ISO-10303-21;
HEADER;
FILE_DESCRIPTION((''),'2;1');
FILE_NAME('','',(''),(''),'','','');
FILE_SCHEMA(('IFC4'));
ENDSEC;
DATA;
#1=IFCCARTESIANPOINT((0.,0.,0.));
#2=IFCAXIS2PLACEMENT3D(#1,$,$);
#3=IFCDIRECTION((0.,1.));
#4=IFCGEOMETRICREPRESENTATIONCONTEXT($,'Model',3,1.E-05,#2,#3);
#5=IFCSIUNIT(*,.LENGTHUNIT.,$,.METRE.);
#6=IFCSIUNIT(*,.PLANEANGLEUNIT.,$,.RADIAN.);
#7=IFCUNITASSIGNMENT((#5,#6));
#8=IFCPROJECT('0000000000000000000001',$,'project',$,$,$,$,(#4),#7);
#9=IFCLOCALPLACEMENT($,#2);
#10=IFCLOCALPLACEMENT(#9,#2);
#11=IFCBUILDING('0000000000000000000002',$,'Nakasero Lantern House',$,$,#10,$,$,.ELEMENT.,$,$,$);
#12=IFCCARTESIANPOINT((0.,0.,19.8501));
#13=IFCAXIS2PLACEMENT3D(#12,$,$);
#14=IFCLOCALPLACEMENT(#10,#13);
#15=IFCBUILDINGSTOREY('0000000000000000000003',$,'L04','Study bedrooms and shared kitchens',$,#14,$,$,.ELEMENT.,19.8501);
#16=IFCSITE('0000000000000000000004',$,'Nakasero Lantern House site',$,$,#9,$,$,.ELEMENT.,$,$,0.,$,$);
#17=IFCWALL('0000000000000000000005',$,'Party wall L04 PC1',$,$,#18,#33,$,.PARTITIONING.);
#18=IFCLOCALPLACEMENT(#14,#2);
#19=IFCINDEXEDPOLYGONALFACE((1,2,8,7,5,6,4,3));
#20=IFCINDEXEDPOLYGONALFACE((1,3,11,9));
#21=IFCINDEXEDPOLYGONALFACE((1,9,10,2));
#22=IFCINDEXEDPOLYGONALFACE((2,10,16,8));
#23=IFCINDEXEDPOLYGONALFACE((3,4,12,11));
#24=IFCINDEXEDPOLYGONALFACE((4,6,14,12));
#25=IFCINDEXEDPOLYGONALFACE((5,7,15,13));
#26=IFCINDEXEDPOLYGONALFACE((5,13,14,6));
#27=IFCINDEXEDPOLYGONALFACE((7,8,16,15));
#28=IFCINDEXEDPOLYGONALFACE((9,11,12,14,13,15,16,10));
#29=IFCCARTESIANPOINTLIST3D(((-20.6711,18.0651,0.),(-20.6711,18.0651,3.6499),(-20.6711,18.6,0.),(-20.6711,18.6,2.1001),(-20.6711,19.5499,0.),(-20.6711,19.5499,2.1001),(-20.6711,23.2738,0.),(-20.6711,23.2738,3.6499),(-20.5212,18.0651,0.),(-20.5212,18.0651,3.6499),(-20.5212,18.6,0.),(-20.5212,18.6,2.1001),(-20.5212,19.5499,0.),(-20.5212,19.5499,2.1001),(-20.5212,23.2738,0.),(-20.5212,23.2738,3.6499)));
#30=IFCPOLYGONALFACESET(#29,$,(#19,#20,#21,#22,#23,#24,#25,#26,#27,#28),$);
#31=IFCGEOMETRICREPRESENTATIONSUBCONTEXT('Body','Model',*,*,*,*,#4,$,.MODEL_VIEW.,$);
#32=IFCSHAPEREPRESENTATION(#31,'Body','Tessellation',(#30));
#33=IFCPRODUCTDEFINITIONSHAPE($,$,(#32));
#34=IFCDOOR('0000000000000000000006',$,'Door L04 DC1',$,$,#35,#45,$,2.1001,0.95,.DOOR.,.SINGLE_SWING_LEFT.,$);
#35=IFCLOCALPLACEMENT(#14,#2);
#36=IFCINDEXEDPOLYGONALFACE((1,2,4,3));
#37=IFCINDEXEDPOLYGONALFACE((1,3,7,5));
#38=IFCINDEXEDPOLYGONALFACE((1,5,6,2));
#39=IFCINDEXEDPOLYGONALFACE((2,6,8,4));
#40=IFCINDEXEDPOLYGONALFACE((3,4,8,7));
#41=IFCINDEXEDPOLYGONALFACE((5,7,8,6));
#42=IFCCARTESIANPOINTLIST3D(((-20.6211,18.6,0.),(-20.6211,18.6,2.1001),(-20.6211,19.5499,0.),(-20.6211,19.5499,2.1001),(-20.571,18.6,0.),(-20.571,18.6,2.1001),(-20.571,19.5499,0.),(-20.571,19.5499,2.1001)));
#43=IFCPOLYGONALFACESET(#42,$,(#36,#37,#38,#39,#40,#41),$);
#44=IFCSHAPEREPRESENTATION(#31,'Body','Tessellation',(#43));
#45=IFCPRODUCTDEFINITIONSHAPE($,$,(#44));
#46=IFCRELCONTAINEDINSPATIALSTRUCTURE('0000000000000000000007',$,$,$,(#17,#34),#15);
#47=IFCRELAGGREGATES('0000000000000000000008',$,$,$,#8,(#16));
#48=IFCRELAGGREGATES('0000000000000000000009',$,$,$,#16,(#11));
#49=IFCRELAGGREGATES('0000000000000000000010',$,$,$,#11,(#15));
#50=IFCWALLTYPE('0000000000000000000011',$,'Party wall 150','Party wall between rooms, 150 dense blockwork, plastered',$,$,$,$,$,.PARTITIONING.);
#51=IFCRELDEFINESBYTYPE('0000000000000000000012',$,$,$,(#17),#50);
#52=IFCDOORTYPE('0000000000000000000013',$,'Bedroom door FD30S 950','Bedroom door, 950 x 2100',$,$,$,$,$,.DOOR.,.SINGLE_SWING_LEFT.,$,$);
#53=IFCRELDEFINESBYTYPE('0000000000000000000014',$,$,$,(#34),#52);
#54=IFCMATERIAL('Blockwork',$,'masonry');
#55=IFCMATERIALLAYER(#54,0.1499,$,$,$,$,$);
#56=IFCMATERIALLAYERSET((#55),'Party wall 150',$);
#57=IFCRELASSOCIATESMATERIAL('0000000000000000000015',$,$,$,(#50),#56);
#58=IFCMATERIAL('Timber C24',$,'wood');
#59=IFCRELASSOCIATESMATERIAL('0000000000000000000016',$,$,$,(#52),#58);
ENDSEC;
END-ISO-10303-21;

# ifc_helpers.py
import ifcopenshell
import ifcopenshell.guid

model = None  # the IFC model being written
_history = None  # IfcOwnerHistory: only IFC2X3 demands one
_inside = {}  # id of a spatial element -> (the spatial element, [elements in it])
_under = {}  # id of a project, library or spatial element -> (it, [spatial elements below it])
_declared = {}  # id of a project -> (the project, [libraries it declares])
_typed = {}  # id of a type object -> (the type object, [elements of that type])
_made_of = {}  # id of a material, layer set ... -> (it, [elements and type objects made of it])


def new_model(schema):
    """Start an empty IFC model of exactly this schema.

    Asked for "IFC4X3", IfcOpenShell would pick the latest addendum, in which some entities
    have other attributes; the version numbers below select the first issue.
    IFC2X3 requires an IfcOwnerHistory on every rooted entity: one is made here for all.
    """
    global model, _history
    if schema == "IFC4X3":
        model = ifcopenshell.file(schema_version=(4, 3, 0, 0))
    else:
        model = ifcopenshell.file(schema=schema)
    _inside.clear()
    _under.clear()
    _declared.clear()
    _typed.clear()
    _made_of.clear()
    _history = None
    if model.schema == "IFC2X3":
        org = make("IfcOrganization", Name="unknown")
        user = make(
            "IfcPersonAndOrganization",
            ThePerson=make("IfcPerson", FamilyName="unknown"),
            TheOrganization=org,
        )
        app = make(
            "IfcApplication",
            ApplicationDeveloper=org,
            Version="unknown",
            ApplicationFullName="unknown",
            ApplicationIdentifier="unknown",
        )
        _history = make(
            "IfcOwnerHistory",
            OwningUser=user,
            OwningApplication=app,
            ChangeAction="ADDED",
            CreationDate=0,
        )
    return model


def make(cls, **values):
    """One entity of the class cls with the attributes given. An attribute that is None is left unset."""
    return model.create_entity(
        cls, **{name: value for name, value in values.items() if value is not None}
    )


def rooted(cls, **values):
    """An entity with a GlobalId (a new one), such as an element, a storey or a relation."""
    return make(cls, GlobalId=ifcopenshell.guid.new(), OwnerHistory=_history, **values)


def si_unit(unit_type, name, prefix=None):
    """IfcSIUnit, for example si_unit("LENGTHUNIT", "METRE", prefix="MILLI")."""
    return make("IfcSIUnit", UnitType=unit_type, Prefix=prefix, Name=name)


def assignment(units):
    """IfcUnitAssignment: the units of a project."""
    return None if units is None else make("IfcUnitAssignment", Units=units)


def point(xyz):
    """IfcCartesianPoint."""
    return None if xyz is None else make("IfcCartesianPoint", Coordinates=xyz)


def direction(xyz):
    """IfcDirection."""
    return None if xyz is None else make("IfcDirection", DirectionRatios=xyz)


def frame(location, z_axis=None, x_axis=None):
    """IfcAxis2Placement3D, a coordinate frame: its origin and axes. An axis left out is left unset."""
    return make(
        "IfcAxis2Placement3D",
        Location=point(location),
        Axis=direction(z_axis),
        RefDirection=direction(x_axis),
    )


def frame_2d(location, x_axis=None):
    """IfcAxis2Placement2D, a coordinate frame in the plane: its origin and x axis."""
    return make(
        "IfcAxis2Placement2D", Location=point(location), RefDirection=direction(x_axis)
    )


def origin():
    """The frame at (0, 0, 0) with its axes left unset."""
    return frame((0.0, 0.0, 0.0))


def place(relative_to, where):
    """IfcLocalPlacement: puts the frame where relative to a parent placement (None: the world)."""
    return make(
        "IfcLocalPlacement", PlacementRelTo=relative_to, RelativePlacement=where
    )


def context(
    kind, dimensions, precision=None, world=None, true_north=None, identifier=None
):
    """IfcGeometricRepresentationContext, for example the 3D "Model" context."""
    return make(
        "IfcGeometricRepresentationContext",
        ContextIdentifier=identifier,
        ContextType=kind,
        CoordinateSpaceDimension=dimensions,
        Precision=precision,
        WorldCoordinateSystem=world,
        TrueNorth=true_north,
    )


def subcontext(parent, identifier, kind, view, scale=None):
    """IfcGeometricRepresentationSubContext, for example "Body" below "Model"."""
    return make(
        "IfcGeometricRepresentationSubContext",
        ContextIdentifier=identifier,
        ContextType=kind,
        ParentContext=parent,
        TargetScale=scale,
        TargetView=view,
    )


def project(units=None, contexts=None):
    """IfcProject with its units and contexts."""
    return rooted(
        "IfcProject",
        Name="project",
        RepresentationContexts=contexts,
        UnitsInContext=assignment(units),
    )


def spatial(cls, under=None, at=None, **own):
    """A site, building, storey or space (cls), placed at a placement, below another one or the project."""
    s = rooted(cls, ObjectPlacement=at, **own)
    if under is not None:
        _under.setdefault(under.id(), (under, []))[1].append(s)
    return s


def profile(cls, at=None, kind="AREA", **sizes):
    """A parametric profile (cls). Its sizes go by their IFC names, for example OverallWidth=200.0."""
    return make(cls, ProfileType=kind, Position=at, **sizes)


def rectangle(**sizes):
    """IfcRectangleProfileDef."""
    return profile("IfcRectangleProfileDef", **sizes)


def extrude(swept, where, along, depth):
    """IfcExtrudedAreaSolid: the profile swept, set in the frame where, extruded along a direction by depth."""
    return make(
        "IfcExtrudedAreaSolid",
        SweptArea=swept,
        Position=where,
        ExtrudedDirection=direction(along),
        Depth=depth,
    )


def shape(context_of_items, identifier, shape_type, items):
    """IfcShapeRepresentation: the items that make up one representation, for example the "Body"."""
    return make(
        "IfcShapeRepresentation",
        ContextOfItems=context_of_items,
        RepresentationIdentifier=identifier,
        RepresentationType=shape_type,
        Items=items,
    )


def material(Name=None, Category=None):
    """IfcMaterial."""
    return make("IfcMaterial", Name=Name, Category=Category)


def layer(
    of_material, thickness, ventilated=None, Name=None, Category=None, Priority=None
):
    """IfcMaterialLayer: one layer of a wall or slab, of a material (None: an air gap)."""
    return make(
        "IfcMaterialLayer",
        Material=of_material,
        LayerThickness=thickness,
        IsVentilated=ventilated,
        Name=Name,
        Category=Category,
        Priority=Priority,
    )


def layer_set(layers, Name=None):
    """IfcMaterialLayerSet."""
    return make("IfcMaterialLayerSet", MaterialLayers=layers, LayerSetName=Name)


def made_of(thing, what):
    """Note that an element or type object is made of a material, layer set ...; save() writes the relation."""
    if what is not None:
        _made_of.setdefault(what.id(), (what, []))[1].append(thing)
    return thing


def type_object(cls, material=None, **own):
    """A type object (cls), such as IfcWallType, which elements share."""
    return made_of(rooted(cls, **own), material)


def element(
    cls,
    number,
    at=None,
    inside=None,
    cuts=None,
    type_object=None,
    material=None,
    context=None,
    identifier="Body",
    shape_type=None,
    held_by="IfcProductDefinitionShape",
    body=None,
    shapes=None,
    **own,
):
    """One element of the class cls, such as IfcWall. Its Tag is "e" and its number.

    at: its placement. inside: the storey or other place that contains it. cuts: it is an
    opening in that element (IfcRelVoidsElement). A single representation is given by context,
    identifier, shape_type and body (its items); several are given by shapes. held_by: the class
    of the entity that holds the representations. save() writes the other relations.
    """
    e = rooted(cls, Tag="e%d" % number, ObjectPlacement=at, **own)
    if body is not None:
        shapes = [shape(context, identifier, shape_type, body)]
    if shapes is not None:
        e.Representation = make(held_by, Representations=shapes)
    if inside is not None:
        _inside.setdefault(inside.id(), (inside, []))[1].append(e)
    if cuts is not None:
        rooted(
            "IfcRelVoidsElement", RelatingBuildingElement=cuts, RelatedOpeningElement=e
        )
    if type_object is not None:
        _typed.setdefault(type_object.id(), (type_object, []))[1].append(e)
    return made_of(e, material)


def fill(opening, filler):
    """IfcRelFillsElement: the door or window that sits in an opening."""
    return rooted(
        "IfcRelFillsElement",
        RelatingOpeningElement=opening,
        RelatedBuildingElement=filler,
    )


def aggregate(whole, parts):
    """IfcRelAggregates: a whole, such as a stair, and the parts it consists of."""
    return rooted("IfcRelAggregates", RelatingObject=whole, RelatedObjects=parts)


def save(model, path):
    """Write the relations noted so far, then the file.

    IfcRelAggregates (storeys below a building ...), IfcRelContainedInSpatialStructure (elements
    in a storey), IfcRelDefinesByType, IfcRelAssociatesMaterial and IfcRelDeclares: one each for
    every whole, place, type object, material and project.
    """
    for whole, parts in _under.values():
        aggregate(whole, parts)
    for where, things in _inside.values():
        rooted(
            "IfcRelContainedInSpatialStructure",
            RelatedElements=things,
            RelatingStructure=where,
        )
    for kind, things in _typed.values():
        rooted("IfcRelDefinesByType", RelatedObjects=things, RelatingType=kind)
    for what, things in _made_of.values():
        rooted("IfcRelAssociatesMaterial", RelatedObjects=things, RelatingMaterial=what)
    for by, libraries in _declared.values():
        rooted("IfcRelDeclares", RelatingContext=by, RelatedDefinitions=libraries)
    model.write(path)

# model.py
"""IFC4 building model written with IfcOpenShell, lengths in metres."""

from ifc_helpers import new_model, si_unit, direction, frame, frame_2d, origin, place, context, subcontext, project, spatial, rectangle, extrude, material, layer, layer_set, type_object, element, fill, save


model = new_model("IFC4")

# Units and contexts
model_context = context("Model", 3, precision=1e-05, world=origin(), true_north=direction((0.0, 1.0)))
body_context = subcontext(model_context, "Body", "Model", "MODEL_VIEW")
ifc_project = project(units=[si_unit("LENGTHUNIT", "METRE"), si_unit("PLANEANGLEUNIT", "RADIAN")], contexts=[model_context])

# Site, building, storey
site_placement = place(None, origin())
site = spatial("IfcSite", under=ifc_project, at=site_placement, Name="Nakasero Lantern House site", CompositionType="ELEMENT", RefElevation=0.0)
building_placement = place(site_placement, origin())
building = spatial("IfcBuilding", under=site, at=building_placement, Name="Nakasero Lantern House", CompositionType="ELEMENT")
storey_placement = place(building_placement, frame((0.0, 0.0, 19.8501)))
storey = spatial("IfcBuildingStorey", under=building, at=storey_placement, Name="L04", Description="Study bedrooms and shared kitchens", CompositionType="ELEMENT", Elevation=19.8501)

# Wall, opening, door
ifc_material_1 = material(Name="Blockwork", Category="masonry")
ifc_layer_1 = layer(ifc_material_1, 0.1499)
ifc_layer_set_1 = layer_set([ifc_layer_1], Name="Party wall 150")
wall_type_1 = type_object("IfcWallType", Name="Party wall 150", Description="Party wall between rooms, 150 dense blockwork, plastered", PredefinedType="PARTITIONING", material=ifc_layer_set_1)
wall_1_placement = place(storey_placement, frame((-20.5962, 18.0649, 0.0), z_axis=(0.0, 0.0, 1.0), x_axis=(0.0, 1.0, 0.0)))
wall_1 = element("IfcWall", 1, at=wall_1_placement, inside=storey, type_object=wall_type_1, Name="Party wall L04 PC1", PredefinedType="PARTITIONING", context=body_context, shape_type="SweptSolid", body=[
    extrude(rectangle(XDim=5.2087, YDim=0.1499, at=frame_2d((2.6045, 0.0))), origin(), (0.0, 0.0, 1.0), 3.6499),
])
opening_1_placement = place(wall_1_placement, frame((0.5349, 0.0, 0.0)))
opening_1 = element("IfcOpeningElement", 2, at=opening_1_placement, cuts=wall_1, PredefinedType="OPENING", context=body_context, shape_type="SweptSolid", body=[
    extrude(rectangle(XDim=0.95, YDim=2.1001, at=frame_2d((0.4751, 1.05))), frame((0.0, 0.095, 0.0), z_axis=(0.0, -1.0, 0.0), x_axis=(1.0, 0.0, 0.0)), (0.0, 0.0, 1.0), 0.1899),
])
ifc_material_2 = material(Name="Timber C24", Category="wood")
door_type_1 = type_object("IfcDoorType", Name="Bedroom door FD30S 950", Description="Bedroom door, 950 x 2100", OperationType="SINGLE_SWING_LEFT", PredefinedType="DOOR", material=ifc_material_2)
door_1_placement = place(opening_1_placement, origin())
door_1 = element("IfcDoor", 3, at=door_1_placement, inside=storey, type_object=door_type_1, Name="Door L04 DC1", OperationType="SINGLE_SWING_LEFT", OverallHeight=2.1001, OverallWidth=0.95, PredefinedType="DOOR", context=body_context, shape_type="SweptSolid", body=[
    extrude(rectangle(XDim=0.95, YDim=2.1001, at=frame_2d((0.4751, 1.05))), frame((0.0, 0.0249, 0.0), z_axis=(0.0, -1.0, 0.0), x_axis=(1.0, 0.0, 0.0)), (0.0, 0.0, 1.0), 0.05),
])
fill(opening_1, door_1)

save(model, "model.ifc")
